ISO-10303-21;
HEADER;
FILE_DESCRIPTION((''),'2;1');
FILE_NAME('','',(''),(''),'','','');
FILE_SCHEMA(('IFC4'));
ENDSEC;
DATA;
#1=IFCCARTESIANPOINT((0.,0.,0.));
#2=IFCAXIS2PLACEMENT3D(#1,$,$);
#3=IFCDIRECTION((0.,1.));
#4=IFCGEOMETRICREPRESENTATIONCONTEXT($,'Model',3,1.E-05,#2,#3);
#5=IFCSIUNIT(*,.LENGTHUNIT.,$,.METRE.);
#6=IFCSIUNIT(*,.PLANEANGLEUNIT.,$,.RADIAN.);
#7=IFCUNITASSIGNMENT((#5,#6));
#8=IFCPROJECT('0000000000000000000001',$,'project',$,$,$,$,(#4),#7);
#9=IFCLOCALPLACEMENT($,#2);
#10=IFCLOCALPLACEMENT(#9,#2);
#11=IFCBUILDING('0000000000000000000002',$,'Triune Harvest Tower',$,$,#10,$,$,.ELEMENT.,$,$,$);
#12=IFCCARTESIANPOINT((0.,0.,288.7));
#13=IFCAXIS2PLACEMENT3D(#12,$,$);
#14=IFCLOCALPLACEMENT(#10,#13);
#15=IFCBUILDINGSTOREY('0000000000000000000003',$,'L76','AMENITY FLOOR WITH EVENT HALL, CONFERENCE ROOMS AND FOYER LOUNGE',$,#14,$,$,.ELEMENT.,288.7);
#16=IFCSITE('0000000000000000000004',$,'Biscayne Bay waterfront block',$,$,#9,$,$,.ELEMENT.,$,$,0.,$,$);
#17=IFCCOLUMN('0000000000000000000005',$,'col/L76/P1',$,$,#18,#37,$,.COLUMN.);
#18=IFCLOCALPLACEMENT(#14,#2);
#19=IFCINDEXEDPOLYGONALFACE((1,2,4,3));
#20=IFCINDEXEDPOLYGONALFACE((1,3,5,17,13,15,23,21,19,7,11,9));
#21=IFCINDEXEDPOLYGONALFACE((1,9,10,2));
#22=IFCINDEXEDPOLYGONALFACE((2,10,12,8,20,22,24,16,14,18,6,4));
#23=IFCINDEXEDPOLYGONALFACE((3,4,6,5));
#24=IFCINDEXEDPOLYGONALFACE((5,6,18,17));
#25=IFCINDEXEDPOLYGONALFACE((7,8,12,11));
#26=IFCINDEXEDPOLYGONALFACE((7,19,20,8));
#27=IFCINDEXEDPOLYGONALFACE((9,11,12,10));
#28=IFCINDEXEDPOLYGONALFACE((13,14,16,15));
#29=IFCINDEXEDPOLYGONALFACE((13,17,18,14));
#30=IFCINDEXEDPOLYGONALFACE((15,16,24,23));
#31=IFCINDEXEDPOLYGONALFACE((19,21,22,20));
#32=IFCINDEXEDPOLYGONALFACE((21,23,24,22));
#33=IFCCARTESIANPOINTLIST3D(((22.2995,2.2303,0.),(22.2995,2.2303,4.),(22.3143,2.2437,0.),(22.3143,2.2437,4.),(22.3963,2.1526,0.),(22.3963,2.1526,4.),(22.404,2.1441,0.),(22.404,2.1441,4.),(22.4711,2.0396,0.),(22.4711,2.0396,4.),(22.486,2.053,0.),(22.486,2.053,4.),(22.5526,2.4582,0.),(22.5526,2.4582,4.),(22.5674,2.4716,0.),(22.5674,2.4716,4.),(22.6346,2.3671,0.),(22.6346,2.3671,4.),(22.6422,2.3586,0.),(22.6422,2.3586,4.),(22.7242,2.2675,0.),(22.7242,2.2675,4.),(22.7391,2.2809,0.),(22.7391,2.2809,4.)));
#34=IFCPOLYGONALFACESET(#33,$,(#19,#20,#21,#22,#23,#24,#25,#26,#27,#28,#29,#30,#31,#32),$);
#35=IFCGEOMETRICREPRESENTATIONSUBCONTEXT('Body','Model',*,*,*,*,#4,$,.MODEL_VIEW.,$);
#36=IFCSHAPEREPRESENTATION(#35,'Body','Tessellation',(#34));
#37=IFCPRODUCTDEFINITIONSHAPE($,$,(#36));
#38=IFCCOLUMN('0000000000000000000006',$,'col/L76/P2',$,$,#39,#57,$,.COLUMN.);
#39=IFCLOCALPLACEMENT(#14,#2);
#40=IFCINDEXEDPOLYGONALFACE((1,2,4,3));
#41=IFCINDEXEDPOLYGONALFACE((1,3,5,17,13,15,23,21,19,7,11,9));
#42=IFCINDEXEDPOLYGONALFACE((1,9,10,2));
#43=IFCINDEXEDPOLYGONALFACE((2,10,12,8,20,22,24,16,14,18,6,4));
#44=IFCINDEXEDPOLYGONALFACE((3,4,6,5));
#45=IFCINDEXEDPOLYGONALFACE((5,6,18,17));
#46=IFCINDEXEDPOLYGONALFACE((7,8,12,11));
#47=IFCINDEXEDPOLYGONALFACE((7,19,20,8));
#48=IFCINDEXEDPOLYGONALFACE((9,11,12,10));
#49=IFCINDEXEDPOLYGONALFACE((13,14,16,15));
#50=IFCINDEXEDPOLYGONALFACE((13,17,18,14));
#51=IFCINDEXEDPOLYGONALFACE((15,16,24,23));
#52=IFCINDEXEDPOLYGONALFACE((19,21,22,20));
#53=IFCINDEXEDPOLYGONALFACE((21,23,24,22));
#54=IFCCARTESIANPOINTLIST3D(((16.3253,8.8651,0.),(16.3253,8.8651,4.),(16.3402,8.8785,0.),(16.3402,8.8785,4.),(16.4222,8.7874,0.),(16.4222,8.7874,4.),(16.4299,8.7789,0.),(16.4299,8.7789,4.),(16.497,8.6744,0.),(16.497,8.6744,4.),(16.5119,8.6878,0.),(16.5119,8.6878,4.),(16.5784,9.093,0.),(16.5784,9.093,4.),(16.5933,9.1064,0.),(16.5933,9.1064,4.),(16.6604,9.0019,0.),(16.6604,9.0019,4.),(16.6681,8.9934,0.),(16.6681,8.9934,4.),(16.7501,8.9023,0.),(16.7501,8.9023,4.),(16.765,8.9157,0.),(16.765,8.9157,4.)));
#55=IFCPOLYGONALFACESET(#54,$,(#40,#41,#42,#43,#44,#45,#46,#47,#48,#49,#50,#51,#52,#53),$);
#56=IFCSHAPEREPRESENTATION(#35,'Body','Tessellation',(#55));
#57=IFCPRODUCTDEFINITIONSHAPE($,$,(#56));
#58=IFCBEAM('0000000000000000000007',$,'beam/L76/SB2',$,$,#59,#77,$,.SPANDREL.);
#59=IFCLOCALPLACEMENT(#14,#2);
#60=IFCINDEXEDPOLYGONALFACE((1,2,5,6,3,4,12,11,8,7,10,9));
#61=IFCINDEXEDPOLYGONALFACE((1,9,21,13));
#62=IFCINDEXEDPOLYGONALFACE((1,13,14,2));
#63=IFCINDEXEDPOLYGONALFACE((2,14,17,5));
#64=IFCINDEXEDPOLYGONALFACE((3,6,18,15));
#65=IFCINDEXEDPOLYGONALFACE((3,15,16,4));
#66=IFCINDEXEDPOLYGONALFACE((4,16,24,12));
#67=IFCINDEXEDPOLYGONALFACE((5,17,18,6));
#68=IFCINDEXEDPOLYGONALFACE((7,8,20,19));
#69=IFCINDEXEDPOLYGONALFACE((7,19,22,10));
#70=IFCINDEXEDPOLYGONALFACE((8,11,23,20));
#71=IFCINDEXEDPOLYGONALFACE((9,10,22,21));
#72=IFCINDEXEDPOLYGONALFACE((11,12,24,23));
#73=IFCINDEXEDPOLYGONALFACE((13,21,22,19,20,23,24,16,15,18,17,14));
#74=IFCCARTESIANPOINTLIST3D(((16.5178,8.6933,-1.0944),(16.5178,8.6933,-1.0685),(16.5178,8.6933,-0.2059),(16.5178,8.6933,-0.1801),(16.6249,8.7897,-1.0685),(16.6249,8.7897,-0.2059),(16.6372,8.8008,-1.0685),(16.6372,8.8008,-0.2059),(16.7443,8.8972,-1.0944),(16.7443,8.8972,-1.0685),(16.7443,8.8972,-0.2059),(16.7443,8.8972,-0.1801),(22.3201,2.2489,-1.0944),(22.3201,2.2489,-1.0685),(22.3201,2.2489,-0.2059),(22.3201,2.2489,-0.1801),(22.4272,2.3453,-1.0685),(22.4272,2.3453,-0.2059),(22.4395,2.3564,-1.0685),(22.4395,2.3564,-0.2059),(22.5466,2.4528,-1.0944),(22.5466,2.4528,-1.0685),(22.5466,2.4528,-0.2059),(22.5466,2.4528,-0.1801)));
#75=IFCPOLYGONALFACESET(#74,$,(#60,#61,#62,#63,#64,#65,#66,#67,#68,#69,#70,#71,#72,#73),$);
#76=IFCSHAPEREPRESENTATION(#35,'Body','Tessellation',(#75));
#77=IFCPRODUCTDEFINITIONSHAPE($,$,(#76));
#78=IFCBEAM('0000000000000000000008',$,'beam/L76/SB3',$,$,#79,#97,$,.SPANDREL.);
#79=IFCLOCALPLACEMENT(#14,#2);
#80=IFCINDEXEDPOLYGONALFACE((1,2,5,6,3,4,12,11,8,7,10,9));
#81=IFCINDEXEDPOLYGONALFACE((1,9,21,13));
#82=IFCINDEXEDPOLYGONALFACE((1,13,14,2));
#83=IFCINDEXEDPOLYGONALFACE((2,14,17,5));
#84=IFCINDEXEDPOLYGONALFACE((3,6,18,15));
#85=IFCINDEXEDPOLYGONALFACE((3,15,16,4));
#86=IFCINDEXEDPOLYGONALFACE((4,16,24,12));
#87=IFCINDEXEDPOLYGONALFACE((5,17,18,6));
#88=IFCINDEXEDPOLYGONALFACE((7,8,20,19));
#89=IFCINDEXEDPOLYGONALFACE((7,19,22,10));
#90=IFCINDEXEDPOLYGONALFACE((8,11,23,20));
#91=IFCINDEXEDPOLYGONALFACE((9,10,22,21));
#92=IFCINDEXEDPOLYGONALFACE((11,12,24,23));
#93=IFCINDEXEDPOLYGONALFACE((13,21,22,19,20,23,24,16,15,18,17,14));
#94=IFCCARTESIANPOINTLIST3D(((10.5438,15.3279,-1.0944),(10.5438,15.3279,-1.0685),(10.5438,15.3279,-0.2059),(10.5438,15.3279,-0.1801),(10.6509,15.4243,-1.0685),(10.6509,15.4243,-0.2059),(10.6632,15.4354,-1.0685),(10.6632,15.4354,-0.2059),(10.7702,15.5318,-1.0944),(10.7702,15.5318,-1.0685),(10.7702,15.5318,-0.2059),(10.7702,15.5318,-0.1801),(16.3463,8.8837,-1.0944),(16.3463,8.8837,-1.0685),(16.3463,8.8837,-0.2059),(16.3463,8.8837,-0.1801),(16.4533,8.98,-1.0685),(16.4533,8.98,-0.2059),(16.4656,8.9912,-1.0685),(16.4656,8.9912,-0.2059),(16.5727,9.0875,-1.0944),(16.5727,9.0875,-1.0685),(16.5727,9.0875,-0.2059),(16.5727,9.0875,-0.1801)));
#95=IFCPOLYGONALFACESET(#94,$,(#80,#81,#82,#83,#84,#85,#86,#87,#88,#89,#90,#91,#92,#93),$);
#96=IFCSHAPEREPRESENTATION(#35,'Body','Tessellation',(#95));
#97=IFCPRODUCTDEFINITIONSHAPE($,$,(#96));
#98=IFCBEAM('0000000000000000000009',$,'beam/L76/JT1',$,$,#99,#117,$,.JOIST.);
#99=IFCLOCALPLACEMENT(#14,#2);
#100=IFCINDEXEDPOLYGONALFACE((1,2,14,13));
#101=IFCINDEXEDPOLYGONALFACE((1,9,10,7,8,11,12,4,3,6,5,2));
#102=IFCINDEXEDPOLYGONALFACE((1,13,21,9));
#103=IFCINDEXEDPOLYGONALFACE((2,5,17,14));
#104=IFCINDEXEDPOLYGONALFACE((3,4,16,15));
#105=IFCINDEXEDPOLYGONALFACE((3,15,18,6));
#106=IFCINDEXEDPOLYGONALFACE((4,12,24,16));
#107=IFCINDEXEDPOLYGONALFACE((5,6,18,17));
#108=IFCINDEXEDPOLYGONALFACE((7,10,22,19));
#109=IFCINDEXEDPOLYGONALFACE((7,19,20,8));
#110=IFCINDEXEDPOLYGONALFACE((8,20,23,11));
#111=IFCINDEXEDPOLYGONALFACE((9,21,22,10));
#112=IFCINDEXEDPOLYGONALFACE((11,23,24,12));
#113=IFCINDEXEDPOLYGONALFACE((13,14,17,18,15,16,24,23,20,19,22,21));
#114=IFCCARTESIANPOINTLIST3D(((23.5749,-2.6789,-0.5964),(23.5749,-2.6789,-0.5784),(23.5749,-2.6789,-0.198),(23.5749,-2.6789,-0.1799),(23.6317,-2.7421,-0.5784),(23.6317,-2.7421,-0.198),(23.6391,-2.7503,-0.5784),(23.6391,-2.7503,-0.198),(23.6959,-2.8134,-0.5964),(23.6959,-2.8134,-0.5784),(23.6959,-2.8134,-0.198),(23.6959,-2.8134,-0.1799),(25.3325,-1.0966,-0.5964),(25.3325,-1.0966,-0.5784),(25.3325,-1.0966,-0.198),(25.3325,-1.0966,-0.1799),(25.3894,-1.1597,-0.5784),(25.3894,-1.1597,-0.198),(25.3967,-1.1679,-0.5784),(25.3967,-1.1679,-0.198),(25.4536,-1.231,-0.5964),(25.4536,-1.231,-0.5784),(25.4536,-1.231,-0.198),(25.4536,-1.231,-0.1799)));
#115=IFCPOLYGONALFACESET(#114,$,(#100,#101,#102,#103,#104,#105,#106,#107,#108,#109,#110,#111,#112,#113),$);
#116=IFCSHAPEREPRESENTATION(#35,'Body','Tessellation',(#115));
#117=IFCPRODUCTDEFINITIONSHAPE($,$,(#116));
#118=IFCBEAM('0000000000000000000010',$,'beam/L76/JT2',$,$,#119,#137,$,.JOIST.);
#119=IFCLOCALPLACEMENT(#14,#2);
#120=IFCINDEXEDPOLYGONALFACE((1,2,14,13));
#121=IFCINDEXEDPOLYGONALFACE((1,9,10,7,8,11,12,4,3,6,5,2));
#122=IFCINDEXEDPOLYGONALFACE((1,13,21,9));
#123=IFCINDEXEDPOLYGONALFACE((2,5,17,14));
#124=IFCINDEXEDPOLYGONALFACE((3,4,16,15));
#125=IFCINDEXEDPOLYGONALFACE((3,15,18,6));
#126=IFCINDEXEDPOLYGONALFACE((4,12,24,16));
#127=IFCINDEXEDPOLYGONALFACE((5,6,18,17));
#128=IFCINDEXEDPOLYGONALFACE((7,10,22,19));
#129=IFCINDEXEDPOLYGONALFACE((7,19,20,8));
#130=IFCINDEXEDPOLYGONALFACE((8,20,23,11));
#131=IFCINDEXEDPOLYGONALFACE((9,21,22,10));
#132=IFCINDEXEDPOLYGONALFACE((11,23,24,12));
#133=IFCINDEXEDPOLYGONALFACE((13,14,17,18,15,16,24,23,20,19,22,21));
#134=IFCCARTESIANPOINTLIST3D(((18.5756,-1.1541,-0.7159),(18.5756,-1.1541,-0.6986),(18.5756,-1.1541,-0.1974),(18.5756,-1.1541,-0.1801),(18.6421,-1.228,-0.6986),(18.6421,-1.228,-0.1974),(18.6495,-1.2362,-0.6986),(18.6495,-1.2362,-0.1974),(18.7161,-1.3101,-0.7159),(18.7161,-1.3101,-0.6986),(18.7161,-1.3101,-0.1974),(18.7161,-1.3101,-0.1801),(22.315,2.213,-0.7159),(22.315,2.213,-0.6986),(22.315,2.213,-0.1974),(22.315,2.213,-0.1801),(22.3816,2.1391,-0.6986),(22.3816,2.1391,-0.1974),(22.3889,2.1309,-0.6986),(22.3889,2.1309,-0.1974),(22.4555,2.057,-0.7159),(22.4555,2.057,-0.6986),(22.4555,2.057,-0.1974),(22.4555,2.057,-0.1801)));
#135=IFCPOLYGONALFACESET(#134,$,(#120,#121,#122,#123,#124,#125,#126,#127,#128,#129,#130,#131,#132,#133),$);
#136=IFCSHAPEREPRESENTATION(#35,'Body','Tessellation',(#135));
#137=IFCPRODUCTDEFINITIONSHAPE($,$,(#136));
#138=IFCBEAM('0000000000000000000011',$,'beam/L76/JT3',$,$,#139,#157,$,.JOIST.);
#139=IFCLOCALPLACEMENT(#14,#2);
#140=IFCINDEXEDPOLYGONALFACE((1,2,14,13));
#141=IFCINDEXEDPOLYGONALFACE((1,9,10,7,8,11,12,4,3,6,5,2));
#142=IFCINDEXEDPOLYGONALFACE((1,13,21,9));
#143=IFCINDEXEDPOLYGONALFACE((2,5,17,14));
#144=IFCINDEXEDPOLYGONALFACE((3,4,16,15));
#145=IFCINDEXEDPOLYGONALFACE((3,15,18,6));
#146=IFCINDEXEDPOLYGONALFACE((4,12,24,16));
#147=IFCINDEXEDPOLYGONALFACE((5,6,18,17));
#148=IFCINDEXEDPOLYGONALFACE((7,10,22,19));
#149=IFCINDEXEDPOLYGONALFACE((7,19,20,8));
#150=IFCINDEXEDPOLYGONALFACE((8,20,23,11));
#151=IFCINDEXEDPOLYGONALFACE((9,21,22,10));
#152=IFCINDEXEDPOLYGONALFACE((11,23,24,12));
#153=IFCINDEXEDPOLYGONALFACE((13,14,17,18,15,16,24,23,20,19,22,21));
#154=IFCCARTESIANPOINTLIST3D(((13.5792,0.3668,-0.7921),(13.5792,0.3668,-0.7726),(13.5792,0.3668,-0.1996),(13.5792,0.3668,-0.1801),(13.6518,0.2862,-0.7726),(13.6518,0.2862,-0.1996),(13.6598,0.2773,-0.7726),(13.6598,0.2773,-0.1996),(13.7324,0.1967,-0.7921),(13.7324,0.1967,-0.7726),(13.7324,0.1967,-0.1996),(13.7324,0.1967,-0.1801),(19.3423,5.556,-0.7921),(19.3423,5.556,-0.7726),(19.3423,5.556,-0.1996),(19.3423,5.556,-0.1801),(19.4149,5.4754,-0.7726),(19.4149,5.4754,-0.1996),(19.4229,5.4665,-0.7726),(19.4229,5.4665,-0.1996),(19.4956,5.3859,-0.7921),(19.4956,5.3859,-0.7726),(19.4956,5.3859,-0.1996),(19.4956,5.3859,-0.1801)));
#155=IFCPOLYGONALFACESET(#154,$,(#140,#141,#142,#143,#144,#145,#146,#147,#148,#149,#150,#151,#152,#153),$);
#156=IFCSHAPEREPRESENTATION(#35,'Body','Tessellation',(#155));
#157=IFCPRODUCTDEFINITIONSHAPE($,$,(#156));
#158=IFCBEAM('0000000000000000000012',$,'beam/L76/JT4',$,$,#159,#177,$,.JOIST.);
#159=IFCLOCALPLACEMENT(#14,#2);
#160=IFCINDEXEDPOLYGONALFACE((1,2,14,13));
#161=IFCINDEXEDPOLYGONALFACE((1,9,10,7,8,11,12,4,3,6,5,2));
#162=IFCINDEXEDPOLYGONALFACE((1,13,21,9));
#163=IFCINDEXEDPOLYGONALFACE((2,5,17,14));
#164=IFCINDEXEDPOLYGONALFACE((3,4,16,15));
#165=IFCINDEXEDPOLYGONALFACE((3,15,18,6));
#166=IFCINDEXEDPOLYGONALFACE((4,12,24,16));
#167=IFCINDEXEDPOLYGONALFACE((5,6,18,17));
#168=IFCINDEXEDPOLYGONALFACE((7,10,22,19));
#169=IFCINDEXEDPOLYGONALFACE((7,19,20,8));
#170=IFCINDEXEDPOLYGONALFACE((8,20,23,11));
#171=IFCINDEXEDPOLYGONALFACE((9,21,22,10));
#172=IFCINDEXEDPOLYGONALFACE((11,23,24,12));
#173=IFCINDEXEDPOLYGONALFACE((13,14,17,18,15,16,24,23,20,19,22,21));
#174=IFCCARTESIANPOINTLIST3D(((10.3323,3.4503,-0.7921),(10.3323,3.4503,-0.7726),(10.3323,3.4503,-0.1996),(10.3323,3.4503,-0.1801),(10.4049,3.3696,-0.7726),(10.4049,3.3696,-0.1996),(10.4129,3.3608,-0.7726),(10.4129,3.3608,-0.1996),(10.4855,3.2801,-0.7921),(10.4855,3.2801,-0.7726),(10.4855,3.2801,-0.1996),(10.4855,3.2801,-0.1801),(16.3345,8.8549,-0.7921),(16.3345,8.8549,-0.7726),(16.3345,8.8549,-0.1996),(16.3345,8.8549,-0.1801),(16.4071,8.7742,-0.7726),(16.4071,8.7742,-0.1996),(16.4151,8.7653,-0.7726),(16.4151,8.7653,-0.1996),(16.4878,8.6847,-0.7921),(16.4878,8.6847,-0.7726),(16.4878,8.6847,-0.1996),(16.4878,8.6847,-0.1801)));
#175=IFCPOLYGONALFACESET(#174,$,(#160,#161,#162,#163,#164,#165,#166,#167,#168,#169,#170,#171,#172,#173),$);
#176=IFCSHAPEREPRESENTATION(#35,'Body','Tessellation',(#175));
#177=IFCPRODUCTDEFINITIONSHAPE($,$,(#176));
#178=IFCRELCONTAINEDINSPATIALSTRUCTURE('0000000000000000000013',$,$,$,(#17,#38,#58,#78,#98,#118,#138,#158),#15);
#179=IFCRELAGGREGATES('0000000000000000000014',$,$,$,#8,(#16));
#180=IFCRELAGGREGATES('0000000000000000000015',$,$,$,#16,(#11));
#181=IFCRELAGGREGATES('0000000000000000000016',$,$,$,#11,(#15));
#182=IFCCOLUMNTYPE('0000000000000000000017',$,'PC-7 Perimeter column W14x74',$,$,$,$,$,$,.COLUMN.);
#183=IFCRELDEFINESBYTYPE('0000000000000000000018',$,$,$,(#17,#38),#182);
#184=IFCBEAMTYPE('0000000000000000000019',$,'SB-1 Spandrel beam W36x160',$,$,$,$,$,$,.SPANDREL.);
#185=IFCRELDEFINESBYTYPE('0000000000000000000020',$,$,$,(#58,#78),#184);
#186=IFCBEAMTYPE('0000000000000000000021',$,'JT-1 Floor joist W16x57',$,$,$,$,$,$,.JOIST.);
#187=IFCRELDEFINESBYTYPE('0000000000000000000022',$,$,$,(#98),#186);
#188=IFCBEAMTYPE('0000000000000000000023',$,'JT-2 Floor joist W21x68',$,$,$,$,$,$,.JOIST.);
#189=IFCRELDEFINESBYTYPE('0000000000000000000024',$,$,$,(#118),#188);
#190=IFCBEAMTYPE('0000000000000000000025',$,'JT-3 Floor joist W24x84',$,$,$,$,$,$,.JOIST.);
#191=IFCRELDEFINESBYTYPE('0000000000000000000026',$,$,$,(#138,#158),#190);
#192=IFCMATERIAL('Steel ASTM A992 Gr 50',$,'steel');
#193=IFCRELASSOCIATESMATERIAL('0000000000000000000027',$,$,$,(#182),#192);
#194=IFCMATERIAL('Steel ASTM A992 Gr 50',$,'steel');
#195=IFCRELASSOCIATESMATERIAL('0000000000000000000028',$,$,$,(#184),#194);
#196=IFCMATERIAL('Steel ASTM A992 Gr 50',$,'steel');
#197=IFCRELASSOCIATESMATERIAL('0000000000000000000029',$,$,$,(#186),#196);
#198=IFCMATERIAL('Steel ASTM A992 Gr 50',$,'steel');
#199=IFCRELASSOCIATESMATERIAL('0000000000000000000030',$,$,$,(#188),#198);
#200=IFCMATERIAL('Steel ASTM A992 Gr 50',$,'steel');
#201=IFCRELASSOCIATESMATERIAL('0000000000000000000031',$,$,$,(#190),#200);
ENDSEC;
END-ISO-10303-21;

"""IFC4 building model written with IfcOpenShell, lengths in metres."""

from ifc_helpers import new_model, si_unit, direction, frame, origin, origin_2d, place, context, subcontext, project, spatial, i_section, extrude, source, transform, mapped, material, material_profile, profile_set, type_object, element, save


model = new_model("IFC4")

# Units and contexts
model_context = context("Model", 3, precision=1e-05, world=origin(), true_north=direction((0.0, 1.0)))
body_context = subcontext(model_context, "Body", "Model", "MODEL_VIEW")
ifc_project = project(units=[si_unit("LENGTHUNIT", "METRE"), si_unit("PLANEANGLEUNIT", "RADIAN")], contexts=[model_context])

# Site, building, storey
site_placement = place(None, origin())
site = spatial("IfcSite", under=ifc_project, at=site_placement, Name="Biscayne Bay waterfront block", CompositionType="ELEMENT", RefElevation=0.0)
building_placement = place(site_placement, origin())
building = spatial("IfcBuilding", under=site, at=building_placement, Name="Triune Harvest Tower", CompositionType="ELEMENT")
storey_placement = place(building_placement, frame((0.0, 0.0, 288.7)))
storey = spatial("IfcBuildingStorey", under=building, at=storey_placement, Name="L76", Description="AMENITY FLOOR WITH EVENT HALL, CONFERENCE ROOMS AND FOYER LOUNGE", CompositionType="ELEMENT", Elevation=288.7)

# Columns
ifc_material_1 = material(Name="Steel ASTM A992 Gr 50", Category="steel")
ifc_material_profile_1 = material_profile(ifc_material_1, i_section(OverallWidth=0.2566, OverallDepth=0.3606, WebThickness=0.0115, FlangeThickness=0.02, at=origin_2d()), Name="W14x74")
ifc_profile_set_1 = profile_set([ifc_material_profile_1], Name="Steel ASTM A992 Gr 50")
column_type = type_object("IfcColumnType", Name="PC-7 Perimeter column W14x74", PredefinedType="COLUMN", material=ifc_profile_set_1)
shared_shape_1 = source(origin(), body_context, "Body", "SweptSolid", [
    extrude(i_section(OverallWidth=0.2566, OverallDepth=0.3606, WebThickness=0.0115, FlangeThickness=0.02, at=origin_2d()), origin(), (0.0, 0.0, 1.0), 4.0),
])
for number, where, z_axis, x_axis, name in (
    (1, (22.5193, 2.2556, 0.0), (0.0, 0.0, 1.0), (-0.669131, 0.743145, 0.0), "col/L76/P1"),
    (2, (16.5452, 8.8904, 0.0), (0.0, 0.0, 1.0), (-0.669131, 0.743145, 0.0), "col/L76/P2"),
):
    element("IfcColumn", number, at=place(storey_placement, frame(where, z_axis=z_axis, x_axis=x_axis)), inside=storey, type_object=column_type, Name=name, PredefinedType="COLUMN", context=body_context, shape_type="MappedRepresentation", body=[
        mapped(shared_shape_1, transform((0.0, 0.0, 0.0), scale=1.0)),
    ])

# Beams
ifc_material_2 = material(Name="Steel ASTM A992 Gr 50", Category="steel")
ifc_material_profile_2 = material_profile(ifc_material_2, i_section(OverallWidth=0.3047, OverallDepth=0.9143, WebThickness=0.0166, FlangeThickness=0.0259, at=origin_2d()), Name="W36x160")
ifc_profile_set_2 = profile_set([ifc_material_profile_2], Name="Steel ASTM A992 Gr 50")
beam_type_1 = type_object("IfcBeamType", Name="SB-1 Spandrel beam W36x160", PredefinedType="SPANDREL", material=ifc_profile_set_2)
shared_shape_2 = source(origin(), body_context, "Body", "SweptSolid", [
    extrude(i_section(OverallWidth=0.3047, OverallDepth=0.9143, WebThickness=0.0166, FlangeThickness=0.0259, at=origin_2d()), origin(), (0.0, 0.0, 1.0), 8.6716),
])
for number, where, z_axis, x_axis, name in (
    (3, (22.4333, 2.3508, -0.6372), (-0.669114, 0.74316, 0.0), (-0.74316, -0.669114, 0.0), "beam/L76/SB2"),
    (4, (16.4595, 8.9856, -0.6372), (-0.66913, 0.743146, 0.0), (-0.743146, -0.66913, 0.0), "beam/L76/SB3"),
):
    element("IfcBeam", number, at=place(storey_placement, frame(where, z_axis=z_axis, x_axis=x_axis)), inside=storey, type_object=beam_type_1, Name=name, PredefinedType="SPANDREL", context=body_context, shape_type="MappedRepresentation", body=[
        mapped(shared_shape_2, transform((0.0, 0.0, 0.0), scale=1.0)),
    ])
ifc_material_3 = material(Name="Steel ASTM A992 Gr 50", Category="steel")
ifc_material_profile_3 = material_profile(ifc_material_3, i_section(OverallWidth=0.1809, OverallDepth=0.4165, WebThickness=0.011, FlangeThickness=0.0181, at=origin_2d()), Name="W16x57")
ifc_profile_set_3 = profile_set([ifc_material_profile_3], Name="Steel ASTM A992 Gr 50")
beam_type_2 = type_object("IfcBeamType", Name="JT-1 Floor joist W16x57", PredefinedType="JOIST", material=ifc_profile_set_3)
shared_shape_3 = source(origin(), body_context, "Body", "SweptSolid", [
    extrude(i_section(OverallWidth=0.1809, OverallDepth=0.4165, WebThickness=0.011, FlangeThickness=0.0181, at=origin_2d()), origin(), (0.0, 0.0, 1.0), 2.365),
])
beam_1_placement = place(storey_placement, frame((25.3931, -1.1638, -0.3882), z_axis=(-0.743197, -0.669073, 0.0), x_axis=(0.669073, -0.743197, 0.0)))
element("IfcBeam", 5, at=beam_1_placement, inside=storey, type_object=beam_type_2, Name="beam/L76/JT1", PredefinedType="JOIST", context=body_context, shape_type="MappedRepresentation", body=[
    mapped(shared_shape_3, transform((0.0, 0.0, 0.0), scale=1.0)),
])
ifc_material_4 = material(Name="Steel ASTM A992 Gr 50", Category="steel")
ifc_material_profile_4 = material_profile(ifc_material_4, i_section(OverallWidth=0.21, OverallDepth=0.5359, WebThickness=0.011, FlangeThickness=0.0173, at=origin_2d()), Name="W21x68")
ifc_profile_set_4 = profile_set([ifc_material_profile_4], Name="Steel ASTM A992 Gr 50")
beam_type_3 = type_object("IfcBeamType", Name="JT-2 Floor joist W21x68", PredefinedType="JOIST", material=ifc_profile_set_4)
shared_shape_4 = source(origin(), body_context, "Body", "SweptSolid", [
    extrude(i_section(OverallWidth=0.21, OverallDepth=0.5359, WebThickness=0.011, FlangeThickness=0.0173, at=origin_2d()), origin(), (0.0, 0.0, 1.0), 5.032),
])
beam_2_placement = place(storey_placement, frame((22.3853, 2.135, -0.448), z_axis=(-0.743132, -0.669144, 0.0), x_axis=(0.669144, -0.743132, 0.0)))
element("IfcBeam", 6, at=beam_2_placement, inside=storey, type_object=beam_type_3, Name="beam/L76/JT2", PredefinedType="JOIST", context=body_context, shape_type="MappedRepresentation", body=[
    mapped(shared_shape_4, transform((0.0, 0.0, 0.0), scale=1.0)),
])
ifc_material_5 = material(Name="Steel ASTM A992 Gr 50", Category="steel")
ifc_material_profile_5 = material_profile(ifc_material_5, i_section(OverallWidth=0.229, OverallDepth=0.6121, WebThickness=0.012, FlangeThickness=0.0195, at=origin_2d()), Name="W24x84")
ifc_profile_set_5 = profile_set([ifc_material_profile_5], Name="Steel ASTM A992 Gr 50")
beam_type_4 = type_object("IfcBeamType", Name="JT-3 Floor joist W24x84", PredefinedType="JOIST", material=ifc_profile_set_5)
shared_shape_5 = source(origin(), body_context, "Body", "SweptSolid", [
    extrude(i_section(OverallWidth=0.229, OverallDepth=0.6121, WebThickness=0.012, FlangeThickness=0.0195, at=origin_2d()), origin(), (0.0, 0.0, 1.0), 7.7551),
])
beam_3_placement = place(storey_placement, frame((19.4189, 5.4709, -0.4861), z_axis=(-0.743144, -0.669132, 0.0), x_axis=(0.669132, -0.743144, 0.0)))
element("IfcBeam", 7, at=beam_3_placement, inside=storey, type_object=beam_type_4, Name="beam/L76/JT3", PredefinedType="JOIST", context=body_context, shape_type="MappedRepresentation", body=[
    mapped(shared_shape_5, transform((0.0, 0.0, 0.0), scale=1.0)),
])
shared_shape_6 = source(origin(), body_context, "Body", "SweptSolid", [
    extrude(i_section(OverallWidth=0.229, OverallDepth=0.6121, WebThickness=0.012, FlangeThickness=0.0195, at=origin_2d()), origin(), (0.0, 0.0, 1.0), 8.0769),
])
beam_4_placement = place(storey_placement, frame((16.4111, 8.7698, -0.4861), z_axis=(-0.743136, -0.66914, 0.0), x_axis=(0.66914, -0.743136, 0.0)))
element("IfcBeam", 8, at=beam_4_placement, inside=storey, type_object=beam_type_4, Name="beam/L76/JT4", PredefinedType="JOIST", context=body_context, shape_type="MappedRepresentation", body=[
    mapped(shared_shape_6, transform((0.0, 0.0, 0.0), scale=1.0)),
])

save(model, "model.ifc")
